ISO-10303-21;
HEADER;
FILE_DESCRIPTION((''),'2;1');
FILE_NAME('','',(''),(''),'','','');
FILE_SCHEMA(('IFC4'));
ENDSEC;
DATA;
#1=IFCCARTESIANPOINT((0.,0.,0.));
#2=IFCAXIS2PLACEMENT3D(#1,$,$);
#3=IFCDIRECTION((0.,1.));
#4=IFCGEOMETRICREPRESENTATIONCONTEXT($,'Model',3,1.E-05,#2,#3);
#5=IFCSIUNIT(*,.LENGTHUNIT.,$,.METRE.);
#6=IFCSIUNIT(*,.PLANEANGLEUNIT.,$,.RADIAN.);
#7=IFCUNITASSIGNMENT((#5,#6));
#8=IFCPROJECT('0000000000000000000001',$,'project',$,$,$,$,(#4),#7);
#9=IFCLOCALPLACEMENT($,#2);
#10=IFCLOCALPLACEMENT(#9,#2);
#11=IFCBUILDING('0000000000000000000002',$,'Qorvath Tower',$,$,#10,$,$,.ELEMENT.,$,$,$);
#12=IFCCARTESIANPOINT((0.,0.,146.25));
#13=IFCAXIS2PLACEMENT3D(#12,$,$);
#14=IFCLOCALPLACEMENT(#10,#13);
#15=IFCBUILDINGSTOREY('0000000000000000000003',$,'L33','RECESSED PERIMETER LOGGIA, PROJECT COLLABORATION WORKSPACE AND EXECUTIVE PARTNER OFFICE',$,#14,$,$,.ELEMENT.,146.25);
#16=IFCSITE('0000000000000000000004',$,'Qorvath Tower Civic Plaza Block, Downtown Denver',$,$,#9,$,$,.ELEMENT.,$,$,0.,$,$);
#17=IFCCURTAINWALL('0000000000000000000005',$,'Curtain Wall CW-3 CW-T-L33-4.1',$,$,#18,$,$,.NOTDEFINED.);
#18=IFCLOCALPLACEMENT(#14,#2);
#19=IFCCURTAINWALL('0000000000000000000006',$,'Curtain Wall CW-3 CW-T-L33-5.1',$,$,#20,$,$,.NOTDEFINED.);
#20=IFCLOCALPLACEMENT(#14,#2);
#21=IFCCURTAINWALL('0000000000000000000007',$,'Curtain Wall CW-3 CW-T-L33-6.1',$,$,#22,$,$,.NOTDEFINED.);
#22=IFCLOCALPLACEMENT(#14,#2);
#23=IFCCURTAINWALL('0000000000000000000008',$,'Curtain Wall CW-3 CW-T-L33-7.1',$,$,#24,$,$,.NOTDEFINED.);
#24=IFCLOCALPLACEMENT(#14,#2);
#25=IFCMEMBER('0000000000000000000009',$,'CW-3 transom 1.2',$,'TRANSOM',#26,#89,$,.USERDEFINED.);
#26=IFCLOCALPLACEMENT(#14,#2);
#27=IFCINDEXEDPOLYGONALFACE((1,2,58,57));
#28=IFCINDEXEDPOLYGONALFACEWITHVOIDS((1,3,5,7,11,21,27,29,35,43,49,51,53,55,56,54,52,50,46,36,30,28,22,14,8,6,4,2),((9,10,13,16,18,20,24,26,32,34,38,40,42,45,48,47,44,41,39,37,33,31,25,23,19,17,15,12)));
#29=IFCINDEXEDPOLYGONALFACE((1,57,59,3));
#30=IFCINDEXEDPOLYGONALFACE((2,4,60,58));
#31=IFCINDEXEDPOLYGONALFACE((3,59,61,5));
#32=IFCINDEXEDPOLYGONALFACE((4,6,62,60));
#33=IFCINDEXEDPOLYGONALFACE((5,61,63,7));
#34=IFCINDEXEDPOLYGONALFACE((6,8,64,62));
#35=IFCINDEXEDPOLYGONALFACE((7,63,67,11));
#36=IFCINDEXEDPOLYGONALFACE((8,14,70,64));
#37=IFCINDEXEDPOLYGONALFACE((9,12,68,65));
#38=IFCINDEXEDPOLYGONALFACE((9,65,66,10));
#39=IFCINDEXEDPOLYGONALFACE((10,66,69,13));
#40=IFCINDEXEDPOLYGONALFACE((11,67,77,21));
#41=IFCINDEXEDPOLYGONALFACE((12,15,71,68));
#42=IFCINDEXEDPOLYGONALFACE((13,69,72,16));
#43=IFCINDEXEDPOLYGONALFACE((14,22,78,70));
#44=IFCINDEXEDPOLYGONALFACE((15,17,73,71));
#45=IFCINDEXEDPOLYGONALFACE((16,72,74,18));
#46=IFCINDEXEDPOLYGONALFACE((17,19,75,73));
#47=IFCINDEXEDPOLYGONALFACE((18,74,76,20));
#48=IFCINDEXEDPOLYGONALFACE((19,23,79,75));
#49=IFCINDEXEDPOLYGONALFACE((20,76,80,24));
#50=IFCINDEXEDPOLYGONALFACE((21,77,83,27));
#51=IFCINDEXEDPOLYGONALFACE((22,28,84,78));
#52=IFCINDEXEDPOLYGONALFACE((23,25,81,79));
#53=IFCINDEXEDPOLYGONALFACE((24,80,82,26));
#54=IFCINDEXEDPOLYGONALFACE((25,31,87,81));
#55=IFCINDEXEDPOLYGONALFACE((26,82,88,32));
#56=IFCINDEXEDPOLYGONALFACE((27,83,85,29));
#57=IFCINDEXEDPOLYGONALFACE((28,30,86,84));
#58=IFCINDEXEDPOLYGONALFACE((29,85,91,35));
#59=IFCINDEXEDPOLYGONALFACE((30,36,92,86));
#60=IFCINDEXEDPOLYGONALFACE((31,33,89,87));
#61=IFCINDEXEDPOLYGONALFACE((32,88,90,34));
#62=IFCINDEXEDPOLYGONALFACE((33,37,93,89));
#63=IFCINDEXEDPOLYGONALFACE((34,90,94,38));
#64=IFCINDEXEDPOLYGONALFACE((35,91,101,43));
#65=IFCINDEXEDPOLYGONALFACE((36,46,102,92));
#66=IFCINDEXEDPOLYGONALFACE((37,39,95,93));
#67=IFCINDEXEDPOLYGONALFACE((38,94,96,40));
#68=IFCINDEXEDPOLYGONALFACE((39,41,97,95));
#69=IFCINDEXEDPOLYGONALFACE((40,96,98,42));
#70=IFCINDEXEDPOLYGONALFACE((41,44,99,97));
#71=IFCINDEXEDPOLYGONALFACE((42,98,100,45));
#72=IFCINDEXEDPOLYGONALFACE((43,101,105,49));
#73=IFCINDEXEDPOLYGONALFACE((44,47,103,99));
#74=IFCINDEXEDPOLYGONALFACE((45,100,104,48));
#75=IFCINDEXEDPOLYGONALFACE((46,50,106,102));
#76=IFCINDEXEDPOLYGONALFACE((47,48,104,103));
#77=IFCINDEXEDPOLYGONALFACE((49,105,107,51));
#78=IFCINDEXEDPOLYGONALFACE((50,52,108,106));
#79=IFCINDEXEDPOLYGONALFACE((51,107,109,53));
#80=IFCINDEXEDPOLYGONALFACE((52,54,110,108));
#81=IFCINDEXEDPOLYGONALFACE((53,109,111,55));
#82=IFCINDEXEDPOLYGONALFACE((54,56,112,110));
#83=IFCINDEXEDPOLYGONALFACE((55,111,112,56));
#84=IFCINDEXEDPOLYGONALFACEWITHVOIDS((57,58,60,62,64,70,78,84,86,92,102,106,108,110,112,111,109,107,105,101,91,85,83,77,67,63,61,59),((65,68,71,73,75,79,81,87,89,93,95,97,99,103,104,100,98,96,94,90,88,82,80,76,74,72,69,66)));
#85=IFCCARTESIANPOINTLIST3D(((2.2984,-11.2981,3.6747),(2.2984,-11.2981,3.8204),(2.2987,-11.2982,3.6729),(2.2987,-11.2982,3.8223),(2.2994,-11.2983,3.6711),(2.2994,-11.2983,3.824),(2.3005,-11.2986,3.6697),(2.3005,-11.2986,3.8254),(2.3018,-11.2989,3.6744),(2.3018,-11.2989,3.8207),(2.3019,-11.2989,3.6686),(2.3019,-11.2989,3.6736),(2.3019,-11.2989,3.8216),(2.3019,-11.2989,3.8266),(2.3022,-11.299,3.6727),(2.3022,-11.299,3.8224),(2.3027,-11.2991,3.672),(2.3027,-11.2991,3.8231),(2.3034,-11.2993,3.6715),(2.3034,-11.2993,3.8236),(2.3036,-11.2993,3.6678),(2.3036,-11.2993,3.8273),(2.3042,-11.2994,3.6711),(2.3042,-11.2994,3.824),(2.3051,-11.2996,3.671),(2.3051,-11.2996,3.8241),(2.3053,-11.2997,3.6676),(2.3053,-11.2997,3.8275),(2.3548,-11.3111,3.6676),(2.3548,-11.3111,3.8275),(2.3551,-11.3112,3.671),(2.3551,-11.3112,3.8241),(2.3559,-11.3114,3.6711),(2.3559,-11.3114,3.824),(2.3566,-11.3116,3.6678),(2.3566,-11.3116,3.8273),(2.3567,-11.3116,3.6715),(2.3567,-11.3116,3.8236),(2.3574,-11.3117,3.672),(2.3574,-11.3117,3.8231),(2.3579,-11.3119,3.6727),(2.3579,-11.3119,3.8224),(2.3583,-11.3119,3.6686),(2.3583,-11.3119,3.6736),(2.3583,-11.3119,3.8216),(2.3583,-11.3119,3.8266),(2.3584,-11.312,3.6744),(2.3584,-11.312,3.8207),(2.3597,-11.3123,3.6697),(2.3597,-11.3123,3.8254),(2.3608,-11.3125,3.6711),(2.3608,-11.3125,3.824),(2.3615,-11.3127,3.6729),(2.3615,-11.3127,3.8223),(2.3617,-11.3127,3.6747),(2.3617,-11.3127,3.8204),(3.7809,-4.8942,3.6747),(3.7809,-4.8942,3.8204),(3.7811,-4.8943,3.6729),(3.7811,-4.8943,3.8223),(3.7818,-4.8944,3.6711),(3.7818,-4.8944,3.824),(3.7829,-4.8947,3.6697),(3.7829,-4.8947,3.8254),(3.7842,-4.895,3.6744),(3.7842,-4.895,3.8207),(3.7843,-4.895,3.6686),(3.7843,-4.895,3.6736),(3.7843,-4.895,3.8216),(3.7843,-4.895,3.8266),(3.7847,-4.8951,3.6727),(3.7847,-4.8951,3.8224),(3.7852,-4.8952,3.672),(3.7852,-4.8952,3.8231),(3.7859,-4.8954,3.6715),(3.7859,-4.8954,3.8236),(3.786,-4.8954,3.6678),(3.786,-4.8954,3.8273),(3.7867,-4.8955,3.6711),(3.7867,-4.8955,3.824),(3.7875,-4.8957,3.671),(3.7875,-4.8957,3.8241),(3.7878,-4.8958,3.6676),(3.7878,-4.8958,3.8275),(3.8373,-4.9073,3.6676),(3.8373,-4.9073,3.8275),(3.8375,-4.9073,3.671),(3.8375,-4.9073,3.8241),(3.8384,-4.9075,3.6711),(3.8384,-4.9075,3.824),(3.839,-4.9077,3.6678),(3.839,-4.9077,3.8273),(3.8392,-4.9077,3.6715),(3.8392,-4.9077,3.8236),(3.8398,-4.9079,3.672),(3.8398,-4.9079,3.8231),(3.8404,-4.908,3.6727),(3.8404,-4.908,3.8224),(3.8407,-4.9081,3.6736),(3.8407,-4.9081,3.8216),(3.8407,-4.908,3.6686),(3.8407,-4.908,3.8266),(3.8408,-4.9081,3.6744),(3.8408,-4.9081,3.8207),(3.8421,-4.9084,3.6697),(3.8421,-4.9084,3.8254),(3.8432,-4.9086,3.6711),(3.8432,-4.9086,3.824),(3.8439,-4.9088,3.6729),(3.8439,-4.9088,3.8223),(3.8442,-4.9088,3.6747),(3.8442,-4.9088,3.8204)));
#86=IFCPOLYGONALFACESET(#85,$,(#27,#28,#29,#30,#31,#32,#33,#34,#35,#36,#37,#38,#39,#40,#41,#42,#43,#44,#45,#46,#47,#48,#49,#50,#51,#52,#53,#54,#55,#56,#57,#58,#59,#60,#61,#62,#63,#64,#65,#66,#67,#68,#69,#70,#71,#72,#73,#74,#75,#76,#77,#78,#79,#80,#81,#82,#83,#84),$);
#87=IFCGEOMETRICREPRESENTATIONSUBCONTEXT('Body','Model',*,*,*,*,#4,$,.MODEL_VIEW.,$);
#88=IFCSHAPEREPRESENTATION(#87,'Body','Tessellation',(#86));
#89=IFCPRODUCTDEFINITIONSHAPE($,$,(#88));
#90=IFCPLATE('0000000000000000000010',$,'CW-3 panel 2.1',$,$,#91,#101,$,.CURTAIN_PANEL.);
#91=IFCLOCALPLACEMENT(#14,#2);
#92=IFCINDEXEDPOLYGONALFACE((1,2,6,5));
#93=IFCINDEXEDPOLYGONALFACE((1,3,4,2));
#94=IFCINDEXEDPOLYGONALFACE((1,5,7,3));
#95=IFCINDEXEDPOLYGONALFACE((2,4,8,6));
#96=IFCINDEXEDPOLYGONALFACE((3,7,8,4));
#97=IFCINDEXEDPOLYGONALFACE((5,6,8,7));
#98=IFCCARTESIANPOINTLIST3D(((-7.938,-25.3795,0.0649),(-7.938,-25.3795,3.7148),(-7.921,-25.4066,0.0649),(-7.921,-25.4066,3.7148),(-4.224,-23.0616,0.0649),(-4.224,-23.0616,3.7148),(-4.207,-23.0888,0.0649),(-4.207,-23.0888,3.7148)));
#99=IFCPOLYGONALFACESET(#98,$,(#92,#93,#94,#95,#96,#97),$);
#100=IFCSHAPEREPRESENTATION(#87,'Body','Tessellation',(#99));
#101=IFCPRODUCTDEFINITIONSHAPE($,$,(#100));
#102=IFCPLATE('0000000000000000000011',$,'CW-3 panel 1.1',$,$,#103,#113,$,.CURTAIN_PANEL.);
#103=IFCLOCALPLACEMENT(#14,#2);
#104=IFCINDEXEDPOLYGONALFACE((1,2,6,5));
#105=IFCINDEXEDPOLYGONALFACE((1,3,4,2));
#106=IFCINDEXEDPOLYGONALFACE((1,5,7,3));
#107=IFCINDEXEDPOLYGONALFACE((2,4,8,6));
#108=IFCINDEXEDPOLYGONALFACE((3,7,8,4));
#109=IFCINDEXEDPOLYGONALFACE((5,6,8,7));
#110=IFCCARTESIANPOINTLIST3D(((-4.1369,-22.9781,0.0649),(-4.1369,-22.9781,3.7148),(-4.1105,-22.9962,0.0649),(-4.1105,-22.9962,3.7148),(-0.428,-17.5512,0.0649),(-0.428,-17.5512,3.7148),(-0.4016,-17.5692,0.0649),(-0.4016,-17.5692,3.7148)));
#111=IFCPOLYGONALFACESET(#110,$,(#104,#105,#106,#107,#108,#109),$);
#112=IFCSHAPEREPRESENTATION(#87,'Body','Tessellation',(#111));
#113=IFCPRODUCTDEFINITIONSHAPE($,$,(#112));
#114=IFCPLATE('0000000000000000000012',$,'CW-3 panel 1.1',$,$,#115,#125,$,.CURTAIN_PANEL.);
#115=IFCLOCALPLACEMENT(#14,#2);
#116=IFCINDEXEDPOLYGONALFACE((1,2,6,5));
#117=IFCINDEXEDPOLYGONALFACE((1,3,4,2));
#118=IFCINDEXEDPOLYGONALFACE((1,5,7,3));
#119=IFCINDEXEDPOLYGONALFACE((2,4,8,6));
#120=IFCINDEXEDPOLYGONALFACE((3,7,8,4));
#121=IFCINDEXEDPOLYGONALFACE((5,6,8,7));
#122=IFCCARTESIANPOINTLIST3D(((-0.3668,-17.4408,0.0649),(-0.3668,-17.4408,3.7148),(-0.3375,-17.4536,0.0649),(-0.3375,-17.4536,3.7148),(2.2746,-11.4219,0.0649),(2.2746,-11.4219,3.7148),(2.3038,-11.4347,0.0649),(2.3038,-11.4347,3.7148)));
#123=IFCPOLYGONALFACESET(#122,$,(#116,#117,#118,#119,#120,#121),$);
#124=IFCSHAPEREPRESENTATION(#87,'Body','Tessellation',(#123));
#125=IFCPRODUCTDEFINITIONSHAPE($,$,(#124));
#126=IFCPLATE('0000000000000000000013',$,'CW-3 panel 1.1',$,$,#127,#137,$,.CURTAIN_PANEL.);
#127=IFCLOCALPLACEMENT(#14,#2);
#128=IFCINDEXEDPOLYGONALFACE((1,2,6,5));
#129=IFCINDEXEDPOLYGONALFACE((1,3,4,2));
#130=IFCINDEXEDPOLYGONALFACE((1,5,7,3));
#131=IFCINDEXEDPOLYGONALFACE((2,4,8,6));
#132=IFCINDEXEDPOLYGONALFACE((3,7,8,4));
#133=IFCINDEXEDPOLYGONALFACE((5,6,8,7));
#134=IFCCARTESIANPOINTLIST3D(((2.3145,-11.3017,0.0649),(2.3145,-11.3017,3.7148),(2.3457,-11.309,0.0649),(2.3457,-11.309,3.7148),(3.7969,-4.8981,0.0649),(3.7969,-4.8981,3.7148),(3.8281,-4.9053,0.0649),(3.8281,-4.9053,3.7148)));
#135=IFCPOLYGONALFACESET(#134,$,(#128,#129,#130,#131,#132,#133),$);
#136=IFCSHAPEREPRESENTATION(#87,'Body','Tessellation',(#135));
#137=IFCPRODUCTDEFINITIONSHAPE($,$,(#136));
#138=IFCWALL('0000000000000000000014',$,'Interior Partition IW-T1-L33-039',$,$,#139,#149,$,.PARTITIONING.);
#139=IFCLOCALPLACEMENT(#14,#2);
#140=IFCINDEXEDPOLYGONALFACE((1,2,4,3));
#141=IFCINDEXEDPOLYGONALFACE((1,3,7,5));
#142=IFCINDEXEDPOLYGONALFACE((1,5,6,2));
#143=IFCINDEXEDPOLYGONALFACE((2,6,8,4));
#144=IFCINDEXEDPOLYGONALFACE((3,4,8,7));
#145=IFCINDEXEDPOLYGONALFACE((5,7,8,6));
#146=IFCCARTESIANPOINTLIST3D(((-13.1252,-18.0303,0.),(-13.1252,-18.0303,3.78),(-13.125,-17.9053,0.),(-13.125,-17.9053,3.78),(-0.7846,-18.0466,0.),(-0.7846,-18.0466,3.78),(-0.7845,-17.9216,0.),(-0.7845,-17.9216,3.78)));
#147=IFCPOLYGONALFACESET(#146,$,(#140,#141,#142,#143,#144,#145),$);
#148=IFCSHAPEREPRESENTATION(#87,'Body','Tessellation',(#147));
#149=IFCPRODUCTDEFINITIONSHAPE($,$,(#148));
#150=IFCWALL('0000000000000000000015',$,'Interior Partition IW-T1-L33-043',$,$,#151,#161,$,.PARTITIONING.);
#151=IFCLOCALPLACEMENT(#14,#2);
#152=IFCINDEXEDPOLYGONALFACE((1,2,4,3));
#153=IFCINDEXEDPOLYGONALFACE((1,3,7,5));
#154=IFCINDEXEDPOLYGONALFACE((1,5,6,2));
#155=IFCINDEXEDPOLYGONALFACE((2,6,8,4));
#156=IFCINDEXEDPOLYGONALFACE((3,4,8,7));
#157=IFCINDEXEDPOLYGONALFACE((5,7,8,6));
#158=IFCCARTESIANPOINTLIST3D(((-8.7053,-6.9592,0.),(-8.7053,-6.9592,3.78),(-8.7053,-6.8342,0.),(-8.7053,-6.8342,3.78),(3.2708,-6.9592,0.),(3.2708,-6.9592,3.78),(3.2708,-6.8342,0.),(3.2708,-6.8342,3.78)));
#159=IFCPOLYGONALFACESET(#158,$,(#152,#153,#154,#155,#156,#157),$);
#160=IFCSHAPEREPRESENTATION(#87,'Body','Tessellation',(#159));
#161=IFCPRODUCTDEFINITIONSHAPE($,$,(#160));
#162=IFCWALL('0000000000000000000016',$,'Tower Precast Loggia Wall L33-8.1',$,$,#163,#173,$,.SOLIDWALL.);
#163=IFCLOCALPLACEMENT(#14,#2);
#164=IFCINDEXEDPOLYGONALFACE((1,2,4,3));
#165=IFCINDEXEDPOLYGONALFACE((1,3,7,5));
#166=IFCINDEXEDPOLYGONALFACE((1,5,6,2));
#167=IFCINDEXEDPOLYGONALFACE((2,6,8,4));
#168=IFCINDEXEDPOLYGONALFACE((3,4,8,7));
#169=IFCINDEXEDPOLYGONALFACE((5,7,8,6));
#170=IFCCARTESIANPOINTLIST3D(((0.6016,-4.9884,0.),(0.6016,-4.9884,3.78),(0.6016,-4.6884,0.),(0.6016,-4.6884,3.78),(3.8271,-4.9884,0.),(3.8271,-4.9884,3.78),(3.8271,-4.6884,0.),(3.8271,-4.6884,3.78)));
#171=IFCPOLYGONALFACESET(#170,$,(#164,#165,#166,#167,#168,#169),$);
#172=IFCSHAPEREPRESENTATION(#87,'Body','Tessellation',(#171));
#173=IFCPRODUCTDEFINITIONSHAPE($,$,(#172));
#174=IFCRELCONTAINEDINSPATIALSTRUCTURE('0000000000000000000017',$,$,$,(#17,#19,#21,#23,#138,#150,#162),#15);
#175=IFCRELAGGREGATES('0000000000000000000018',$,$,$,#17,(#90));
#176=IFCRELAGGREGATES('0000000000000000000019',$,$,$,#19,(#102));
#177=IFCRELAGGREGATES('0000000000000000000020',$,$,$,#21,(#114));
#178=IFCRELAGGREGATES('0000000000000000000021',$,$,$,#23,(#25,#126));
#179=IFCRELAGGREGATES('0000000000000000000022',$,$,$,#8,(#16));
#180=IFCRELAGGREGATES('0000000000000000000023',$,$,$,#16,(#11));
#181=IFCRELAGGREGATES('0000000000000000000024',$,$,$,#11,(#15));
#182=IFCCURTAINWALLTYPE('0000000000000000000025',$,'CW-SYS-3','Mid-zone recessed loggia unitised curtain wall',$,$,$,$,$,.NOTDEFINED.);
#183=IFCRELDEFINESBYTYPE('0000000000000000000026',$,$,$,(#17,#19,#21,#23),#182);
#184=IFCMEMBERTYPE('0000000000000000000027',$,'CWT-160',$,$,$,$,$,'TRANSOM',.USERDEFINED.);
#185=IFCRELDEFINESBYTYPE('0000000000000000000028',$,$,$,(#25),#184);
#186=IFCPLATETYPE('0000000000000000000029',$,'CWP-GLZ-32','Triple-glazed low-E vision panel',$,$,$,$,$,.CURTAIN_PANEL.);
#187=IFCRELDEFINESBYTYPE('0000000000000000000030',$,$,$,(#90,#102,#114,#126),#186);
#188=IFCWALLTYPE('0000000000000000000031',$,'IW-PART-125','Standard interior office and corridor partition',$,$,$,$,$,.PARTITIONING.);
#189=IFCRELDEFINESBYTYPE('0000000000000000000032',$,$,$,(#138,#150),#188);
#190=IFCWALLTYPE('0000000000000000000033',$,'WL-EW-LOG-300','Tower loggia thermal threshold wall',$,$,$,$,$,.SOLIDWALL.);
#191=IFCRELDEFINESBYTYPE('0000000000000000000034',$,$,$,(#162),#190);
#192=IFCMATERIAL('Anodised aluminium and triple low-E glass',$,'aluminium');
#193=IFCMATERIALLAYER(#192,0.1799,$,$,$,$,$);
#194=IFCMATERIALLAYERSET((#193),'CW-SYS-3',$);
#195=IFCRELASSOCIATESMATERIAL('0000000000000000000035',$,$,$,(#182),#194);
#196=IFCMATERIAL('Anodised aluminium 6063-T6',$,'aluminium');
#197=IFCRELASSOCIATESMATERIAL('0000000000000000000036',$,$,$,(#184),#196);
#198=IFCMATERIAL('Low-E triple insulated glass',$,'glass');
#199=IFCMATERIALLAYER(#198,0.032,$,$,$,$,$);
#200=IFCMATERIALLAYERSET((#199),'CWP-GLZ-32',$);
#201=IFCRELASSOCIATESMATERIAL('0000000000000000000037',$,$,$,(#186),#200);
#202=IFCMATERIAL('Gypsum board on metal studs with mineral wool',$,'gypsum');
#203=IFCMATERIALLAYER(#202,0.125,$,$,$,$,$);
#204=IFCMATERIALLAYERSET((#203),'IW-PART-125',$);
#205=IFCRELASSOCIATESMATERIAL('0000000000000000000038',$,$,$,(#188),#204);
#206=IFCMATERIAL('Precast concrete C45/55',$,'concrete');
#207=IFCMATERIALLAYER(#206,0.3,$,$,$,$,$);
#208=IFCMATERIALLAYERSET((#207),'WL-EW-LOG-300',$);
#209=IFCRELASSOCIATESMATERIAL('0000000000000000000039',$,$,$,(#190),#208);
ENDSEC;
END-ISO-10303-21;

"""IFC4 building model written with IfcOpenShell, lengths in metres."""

from ifc_helpers import new_model, si_unit, direction, frame, frame_2d, origin, origin_2d, place, context, subcontext, project, spatial, rectangle, hollow_rectangle, extrude, material, layer, layer_set, material_profile, profile_set, type_object, element, aggregate, save


model = new_model("IFC4")

# Units and contexts
model_context = context("Model", 3, precision=1e-05, world=origin(), true_north=direction((0.0, 1.0)))
body_context = subcontext(model_context, "Body", "Model", "MODEL_VIEW")
ifc_project = project(units=[si_unit("LENGTHUNIT", "METRE"), si_unit("PLANEANGLEUNIT", "RADIAN")], contexts=[model_context])

# Site, building, storey
site_placement = place(None, origin())
site = spatial("IfcSite", under=ifc_project, at=site_placement, Name="Qorvath Tower Civic Plaza Block, Downtown Denver", CompositionType="ELEMENT", RefElevation=0.0)
building_placement = place(site_placement, origin())
building = spatial("IfcBuilding", under=site, at=building_placement, Name="Qorvath Tower", CompositionType="ELEMENT")
storey_placement = place(building_placement, frame((0.0, 0.0, 146.25)))
storey = spatial("IfcBuildingStorey", under=building, at=storey_placement, Name="L33", Description="RECESSED PERIMETER LOGGIA, PROJECT COLLABORATION WORKSPACE AND EXECUTIVE PARTNER OFFICE", CompositionType="ELEMENT", Elevation=146.25)

# Curtain walls
ifc_material_1 = material(Name="Anodised aluminium and triple low-E glass", Category="aluminium")
ifc_layer_1 = layer(ifc_material_1, 0.1799)
ifc_layer_set_1 = layer_set([ifc_layer_1], Name="CW-SYS-3")
curtain_wall_type = type_object("IfcCurtainWallType", Name="CW-SYS-3", Description="Mid-zone recessed loggia unitised curtain wall", PredefinedType="NOTDEFINED", material=ifc_layer_set_1)
curtain_wall_1_placement = place(storey_placement, origin())
curtain_wall_1 = element("IfcCurtainWall", 1, at=curtain_wall_1_placement, inside=storey, type_object=curtain_wall_type, Name="Curtain Wall CW-3 CW-T-L33-4.1", PredefinedType="NOTDEFINED")
curtain_wall_2_placement = place(storey_placement, origin())
curtain_wall_2 = element("IfcCurtainWall", 2, at=curtain_wall_2_placement, inside=storey, type_object=curtain_wall_type, Name="Curtain Wall CW-3 CW-T-L33-5.1", PredefinedType="NOTDEFINED")
curtain_wall_3_placement = place(storey_placement, origin())
curtain_wall_3 = element("IfcCurtainWall", 3, at=curtain_wall_3_placement, inside=storey, type_object=curtain_wall_type, Name="Curtain Wall CW-3 CW-T-L33-6.1", PredefinedType="NOTDEFINED")
curtain_wall_4_placement = place(storey_placement, origin())
curtain_wall_4 = element("IfcCurtainWall", 4, at=curtain_wall_4_placement, inside=storey, type_object=curtain_wall_type, Name="Curtain Wall CW-3 CW-T-L33-7.1", PredefinedType="NOTDEFINED")

# Member
ifc_material_2 = material(Name="Anodised aluminium 6063-T6", Category="aluminium")
ifc_material_profile_1 = material_profile(ifc_material_2, hollow_rectangle(XDim=0.0649, YDim=0.1599, WallThickness=0.0034, InnerFilletRadius=0.0034, OuterFilletRadius=0.0071, at=origin_2d()), Name="CWT 160x65")
ifc_profile_set_1 = profile_set([ifc_material_profile_1], Name="Anodised aluminium 6063-T6")
member_type_1 = type_object("IfcMemberType", Name="CWT-160", ElementType="TRANSOM", PredefinedType="USERDEFINED", material=ifc_profile_set_1)
member_1_placement = place(storey_placement, frame((2.3301, -11.3054, 3.7476), z_axis=(0.225527, 0.974237, 0.0), x_axis=(-0.974237, 0.225527, 0.0)))
member_1 = element("IfcMember", 5, at=member_1_placement, type_object=member_type_1, Name="CW-3 transom 1.2", ObjectType="TRANSOM", PredefinedType="USERDEFINED", context=body_context, shape_type="SweptSolid", body=[
    extrude(hollow_rectangle(XDim=0.0649, YDim=0.1599, WallThickness=0.0034, InnerFilletRadius=0.0034, OuterFilletRadius=0.0071, at=origin_2d()), origin(), (0.0, 0.0, 1.0), 6.5732),
])

# Plates
ifc_material_3 = material(Name="Low-E triple insulated glass", Category="glass")
ifc_layer_2 = layer(ifc_material_3, 0.032)
ifc_layer_set_2 = layer_set([ifc_layer_2], Name="CWP-GLZ-32")
plate_type = type_object("IfcPlateType", Name="CWP-GLZ-32", Description="Triple-glazed low-E vision panel", PredefinedType="CURTAIN_PANEL", material=ifc_layer_set_2)
plate_1_placement = place(storey_placement, frame((-6.0725, -24.2341, 0.0649), z_axis=(0.0, 0.0, 1.0), x_axis=(0.848346, 0.529441, 0.0)))
plate_1 = element("IfcPlate", 6, at=plate_1_placement, type_object=plate_type, Name="CW-3 panel 2.1", PredefinedType="CURTAIN_PANEL", context=body_context, shape_type="SweptSolid", body=[
    extrude(rectangle(XDim=4.3779, YDim=0.032, at=origin_2d()), origin(), (0.0, 0.0, 1.0), 3.6499),
])
aggregate(curtain_wall_1, [plate_1])
plate_2_placement = place(storey_placement, frame((-2.2693, -20.2737, 0.0649), z_axis=(0.0, 0.0, 1.0), x_axis=(0.564241, 0.82561, 0.0)))
plate_2 = element("IfcPlate", 7, at=plate_2_placement, type_object=plate_type, Name="CW-3 panel 1.1", PredefinedType="CURTAIN_PANEL", context=body_context, shape_type="SweptSolid", body=[
    extrude(rectangle(XDim=6.5732, YDim=0.032, at=origin_2d()), origin(), (0.0, 0.0, 1.0), 3.6499),
])
aggregate(curtain_wall_2, [plate_2])
plate_3_placement = place(storey_placement, frame((0.9685, -14.4377, 0.0649), z_axis=(0.0, 0.0, 1.0), x_axis=(0.401854, 0.915704, 0.0)))
plate_3 = element("IfcPlate", 8, at=plate_3_placement, type_object=plate_type, Name="CW-3 panel 1.1", PredefinedType="CURTAIN_PANEL", context=body_context, shape_type="SweptSolid", body=[
    extrude(rectangle(XDim=6.573, YDim=0.032, at=origin_2d()), origin(), (0.0, 0.0, 1.0), 3.6499),
])
aggregate(curtain_wall_3, [plate_3])
plate_4_placement = place(storey_placement, frame((3.0713, -8.1035, 0.0649), z_axis=(0.0, 0.0, 1.0), x_axis=(0.225526, 0.974237, 0.0)))
plate_4 = element("IfcPlate", 9, at=plate_4_placement, type_object=plate_type, Name="CW-3 panel 1.1", PredefinedType="CURTAIN_PANEL", context=body_context, shape_type="SweptSolid", body=[
    extrude(rectangle(XDim=6.573, YDim=0.032, at=origin_2d()), origin(), (0.0, 0.0, 1.0), 3.6499),
])
aggregate(curtain_wall_4, [member_1, plate_4])

# Walls
ifc_material_4 = material(Name="Gypsum board on metal studs with mineral wool", Category="gypsum")
ifc_layer_3 = layer(ifc_material_4, 0.125)
ifc_layer_set_3 = layer_set([ifc_layer_3], Name="IW-PART-125")
wall_type_1 = type_object("IfcWallType", Name="IW-PART-125", Description="Standard interior office and corridor partition", PredefinedType="PARTITIONING", material=ifc_layer_set_3)
wall_1_placement = place(storey_placement, frame((-0.7844, -17.9841, 0.0), z_axis=(0.0, 0.0, 1.0), x_axis=(-0.999999, 0.001325, 0.0)))
element("IfcWall", 10, at=wall_1_placement, inside=storey, type_object=wall_type_1, Name="Interior Partition IW-T1-L33-039", PredefinedType="PARTITIONING", context=body_context, shape_type="SweptSolid", body=[
    extrude(rectangle(XDim=12.3406, YDim=0.125, at=frame_2d((6.1704, 0.0))), origin(), (0.0, 0.0, 1.0), 3.78),
])
wall_2_placement = place(storey_placement, frame((3.2708, -6.8967, 0.0), z_axis=(0.0, 0.0, 1.0), x_axis=(-1.0, 0.0, 0.0)))
element("IfcWall", 11, at=wall_2_placement, inside=storey, type_object=wall_type_1, Name="Interior Partition IW-T1-L33-043", PredefinedType="PARTITIONING", context=body_context, shape_type="SweptSolid", body=[
    extrude(rectangle(XDim=11.9761, YDim=0.125, at=frame_2d((5.988, 0.0))), origin(), (0.0, 0.0, 1.0), 3.78),
])
ifc_material_5 = material(Name="Precast concrete C45/55", Category="concrete")
ifc_layer_4 = layer(ifc_material_5, 0.3)
ifc_layer_set_4 = layer_set([ifc_layer_4], Name="WL-EW-LOG-300")
wall_type_2 = type_object("IfcWallType", Name="WL-EW-LOG-300", Description="Tower loggia thermal threshold wall", PredefinedType="SOLIDWALL", material=ifc_layer_set_4)
wall_3_placement = place(storey_placement, frame((3.8271, -4.8384, 0.0), z_axis=(0.0, 0.0, 1.0), x_axis=(-1.0, 0.0, 0.0)))
element("IfcWall", 12, at=wall_3_placement, inside=storey, type_object=wall_type_2, Name="Tower Precast Loggia Wall L33-8.1", PredefinedType="SOLIDWALL", context=body_context, shape_type="SweptSolid", body=[
    extrude(rectangle(XDim=3.2256, YDim=0.3, at=frame_2d((1.6128, 0.0))), origin(), (0.0, 0.0, 1.0), 3.78),
])

save(model, "model.ifc")
